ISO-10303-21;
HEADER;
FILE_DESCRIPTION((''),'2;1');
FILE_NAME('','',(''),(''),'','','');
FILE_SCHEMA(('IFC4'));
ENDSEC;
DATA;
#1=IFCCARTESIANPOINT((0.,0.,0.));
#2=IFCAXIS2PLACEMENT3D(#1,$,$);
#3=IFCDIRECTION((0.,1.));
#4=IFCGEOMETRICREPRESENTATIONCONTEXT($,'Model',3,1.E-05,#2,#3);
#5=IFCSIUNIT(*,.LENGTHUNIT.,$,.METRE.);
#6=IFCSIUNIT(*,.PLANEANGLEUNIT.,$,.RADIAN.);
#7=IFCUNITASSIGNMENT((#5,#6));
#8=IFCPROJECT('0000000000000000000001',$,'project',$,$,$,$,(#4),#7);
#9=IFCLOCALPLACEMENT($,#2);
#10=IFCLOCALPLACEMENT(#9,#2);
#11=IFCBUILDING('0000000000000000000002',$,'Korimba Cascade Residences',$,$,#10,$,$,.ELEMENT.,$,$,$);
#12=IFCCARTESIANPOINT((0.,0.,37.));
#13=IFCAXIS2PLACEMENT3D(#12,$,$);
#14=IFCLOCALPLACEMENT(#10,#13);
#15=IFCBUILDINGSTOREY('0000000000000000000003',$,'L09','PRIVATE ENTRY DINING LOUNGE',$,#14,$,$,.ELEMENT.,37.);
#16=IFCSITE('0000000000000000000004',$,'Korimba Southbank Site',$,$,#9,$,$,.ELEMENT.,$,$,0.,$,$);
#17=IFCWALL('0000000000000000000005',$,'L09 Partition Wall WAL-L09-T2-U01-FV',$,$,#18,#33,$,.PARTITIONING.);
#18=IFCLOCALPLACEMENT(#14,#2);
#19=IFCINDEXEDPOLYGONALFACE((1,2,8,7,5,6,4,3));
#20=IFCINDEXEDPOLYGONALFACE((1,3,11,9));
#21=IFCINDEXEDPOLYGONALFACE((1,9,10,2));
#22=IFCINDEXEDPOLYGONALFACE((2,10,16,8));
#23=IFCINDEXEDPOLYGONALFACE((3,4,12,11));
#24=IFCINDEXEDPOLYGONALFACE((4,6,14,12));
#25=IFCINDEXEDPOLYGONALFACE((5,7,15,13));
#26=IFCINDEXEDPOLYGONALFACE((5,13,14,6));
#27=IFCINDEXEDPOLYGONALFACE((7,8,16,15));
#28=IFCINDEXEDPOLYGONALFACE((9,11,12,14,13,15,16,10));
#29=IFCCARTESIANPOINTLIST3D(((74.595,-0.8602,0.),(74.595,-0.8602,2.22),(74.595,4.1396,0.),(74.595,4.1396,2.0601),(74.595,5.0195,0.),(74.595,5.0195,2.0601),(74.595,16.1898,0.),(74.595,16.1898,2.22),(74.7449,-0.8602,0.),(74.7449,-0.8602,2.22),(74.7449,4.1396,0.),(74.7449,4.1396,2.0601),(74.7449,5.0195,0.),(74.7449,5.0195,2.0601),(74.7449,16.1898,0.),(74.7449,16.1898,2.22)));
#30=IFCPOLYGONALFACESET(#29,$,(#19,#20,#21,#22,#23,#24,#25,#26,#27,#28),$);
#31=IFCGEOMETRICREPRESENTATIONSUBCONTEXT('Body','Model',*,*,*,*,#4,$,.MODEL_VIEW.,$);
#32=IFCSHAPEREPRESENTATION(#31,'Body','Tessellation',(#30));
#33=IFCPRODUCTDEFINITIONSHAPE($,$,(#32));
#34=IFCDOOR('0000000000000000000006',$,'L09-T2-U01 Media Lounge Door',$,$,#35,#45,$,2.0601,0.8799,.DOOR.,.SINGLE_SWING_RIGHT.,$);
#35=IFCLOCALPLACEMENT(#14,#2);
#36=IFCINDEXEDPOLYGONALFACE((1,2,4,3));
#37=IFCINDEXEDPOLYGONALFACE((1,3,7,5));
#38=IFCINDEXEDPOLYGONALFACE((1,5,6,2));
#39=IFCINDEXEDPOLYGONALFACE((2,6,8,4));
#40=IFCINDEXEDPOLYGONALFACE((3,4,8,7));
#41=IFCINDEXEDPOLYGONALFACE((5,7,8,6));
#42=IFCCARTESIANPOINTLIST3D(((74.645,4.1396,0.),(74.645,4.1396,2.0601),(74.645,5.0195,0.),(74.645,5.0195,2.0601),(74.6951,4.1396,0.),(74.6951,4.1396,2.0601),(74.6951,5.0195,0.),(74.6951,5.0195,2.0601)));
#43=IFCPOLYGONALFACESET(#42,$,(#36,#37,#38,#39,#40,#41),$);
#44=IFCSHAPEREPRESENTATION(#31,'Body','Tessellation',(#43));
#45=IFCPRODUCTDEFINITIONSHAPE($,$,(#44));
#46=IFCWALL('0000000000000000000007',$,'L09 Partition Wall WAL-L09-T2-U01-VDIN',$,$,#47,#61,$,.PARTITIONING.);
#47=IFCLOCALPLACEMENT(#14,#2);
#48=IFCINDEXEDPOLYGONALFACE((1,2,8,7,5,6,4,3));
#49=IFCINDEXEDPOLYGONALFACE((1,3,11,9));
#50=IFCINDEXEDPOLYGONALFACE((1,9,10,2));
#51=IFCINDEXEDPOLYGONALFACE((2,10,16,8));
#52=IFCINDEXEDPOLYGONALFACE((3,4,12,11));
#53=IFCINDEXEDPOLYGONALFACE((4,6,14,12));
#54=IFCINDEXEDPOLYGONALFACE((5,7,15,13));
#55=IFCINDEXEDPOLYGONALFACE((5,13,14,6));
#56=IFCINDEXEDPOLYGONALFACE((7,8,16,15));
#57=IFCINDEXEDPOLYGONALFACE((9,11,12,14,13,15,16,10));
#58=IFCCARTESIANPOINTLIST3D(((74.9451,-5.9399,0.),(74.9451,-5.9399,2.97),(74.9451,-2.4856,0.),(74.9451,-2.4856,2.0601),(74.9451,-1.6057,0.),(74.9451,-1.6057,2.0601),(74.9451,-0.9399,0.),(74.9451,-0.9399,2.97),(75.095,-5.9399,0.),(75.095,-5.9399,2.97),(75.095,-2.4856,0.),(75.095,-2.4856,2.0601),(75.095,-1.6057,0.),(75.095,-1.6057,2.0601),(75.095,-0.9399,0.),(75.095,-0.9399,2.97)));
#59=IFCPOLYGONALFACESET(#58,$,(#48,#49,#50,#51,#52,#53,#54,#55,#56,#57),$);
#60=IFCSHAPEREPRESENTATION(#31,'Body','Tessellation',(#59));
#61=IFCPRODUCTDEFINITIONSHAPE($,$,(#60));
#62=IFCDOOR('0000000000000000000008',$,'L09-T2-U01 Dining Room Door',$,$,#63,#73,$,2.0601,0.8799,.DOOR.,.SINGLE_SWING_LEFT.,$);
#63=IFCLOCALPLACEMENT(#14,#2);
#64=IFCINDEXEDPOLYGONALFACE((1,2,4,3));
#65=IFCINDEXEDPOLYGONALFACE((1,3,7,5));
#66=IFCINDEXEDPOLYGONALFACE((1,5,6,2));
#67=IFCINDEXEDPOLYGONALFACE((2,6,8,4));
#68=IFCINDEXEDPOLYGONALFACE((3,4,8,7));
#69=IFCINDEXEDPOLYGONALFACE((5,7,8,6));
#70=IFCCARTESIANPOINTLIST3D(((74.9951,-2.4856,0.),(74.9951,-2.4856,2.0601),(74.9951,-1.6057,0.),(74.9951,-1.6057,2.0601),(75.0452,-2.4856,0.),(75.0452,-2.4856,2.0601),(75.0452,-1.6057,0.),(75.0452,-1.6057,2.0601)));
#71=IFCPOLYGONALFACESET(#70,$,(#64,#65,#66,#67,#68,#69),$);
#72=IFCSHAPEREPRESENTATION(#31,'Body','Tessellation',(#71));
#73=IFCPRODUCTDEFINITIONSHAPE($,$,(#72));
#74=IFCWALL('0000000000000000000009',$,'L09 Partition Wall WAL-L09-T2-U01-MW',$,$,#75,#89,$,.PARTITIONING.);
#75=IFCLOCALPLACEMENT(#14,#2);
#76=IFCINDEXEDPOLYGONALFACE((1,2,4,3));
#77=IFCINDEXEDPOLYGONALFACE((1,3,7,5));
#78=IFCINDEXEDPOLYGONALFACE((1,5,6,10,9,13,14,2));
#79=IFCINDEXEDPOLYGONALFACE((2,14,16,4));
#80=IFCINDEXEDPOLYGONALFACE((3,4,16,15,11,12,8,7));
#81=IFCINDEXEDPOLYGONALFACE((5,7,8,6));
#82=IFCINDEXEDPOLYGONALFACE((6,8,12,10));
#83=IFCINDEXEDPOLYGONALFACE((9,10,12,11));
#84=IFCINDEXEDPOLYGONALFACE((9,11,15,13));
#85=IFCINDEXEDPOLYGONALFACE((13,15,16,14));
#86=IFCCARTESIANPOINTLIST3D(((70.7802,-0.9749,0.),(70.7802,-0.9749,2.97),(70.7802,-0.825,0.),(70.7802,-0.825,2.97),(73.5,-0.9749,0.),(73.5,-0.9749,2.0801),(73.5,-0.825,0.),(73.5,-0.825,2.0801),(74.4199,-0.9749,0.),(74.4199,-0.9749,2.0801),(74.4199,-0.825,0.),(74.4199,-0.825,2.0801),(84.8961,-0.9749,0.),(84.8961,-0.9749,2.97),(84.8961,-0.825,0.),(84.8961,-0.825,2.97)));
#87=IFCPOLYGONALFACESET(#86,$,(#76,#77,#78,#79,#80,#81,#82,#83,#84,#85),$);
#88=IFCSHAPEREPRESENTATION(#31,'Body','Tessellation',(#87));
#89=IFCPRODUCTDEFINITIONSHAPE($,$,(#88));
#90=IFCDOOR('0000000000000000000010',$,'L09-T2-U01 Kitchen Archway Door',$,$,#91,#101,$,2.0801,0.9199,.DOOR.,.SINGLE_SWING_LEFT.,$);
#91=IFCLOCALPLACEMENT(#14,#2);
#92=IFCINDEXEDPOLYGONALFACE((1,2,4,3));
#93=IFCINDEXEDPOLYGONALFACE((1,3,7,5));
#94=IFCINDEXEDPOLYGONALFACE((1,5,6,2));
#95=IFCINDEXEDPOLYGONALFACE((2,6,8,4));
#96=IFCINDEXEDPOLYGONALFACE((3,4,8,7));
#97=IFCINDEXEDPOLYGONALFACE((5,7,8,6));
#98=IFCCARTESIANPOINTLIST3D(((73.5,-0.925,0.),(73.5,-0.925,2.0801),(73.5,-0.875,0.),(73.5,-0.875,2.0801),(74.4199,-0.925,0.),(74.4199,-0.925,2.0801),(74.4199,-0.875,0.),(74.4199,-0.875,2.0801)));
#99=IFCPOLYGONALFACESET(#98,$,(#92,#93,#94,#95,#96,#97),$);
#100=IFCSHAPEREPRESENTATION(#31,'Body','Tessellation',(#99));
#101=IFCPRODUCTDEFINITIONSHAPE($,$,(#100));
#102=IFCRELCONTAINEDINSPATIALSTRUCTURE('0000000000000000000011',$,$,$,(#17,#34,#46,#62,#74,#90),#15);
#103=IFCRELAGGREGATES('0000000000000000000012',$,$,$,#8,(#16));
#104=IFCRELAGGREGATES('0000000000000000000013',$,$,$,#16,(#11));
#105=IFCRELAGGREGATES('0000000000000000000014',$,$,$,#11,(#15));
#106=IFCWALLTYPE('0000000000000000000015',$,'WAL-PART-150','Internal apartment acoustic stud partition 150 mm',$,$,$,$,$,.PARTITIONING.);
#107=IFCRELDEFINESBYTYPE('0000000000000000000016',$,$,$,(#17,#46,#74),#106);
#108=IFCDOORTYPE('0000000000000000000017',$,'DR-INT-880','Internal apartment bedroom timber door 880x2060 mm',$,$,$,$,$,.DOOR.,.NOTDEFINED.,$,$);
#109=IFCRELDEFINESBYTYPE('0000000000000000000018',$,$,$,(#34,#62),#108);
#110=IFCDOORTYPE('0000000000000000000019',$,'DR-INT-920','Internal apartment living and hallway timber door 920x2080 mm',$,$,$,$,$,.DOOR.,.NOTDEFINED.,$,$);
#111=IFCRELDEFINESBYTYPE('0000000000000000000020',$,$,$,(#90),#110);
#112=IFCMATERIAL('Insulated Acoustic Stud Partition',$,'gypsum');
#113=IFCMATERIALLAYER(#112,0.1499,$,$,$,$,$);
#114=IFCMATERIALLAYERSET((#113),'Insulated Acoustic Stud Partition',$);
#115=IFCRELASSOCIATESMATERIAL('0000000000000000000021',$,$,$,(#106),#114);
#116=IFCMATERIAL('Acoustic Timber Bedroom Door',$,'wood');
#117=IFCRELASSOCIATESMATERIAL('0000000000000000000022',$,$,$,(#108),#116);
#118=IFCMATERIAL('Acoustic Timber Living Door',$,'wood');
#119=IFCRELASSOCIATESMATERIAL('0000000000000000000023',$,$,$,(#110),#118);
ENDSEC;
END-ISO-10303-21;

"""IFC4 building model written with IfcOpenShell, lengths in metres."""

from ifc_helpers import new_model, si_unit, direction, frame, frame_2d, origin, place, context, subcontext, project, spatial, rectangle, extrude, material, layer, layer_set, type_object, element, fill, save


model = new_model("IFC4")

# Units and contexts
model_context = context("Model", 3, precision=1e-05, world=origin(), true_north=direction((0.0, 1.0)))
body_context = subcontext(model_context, "Body", "Model", "MODEL_VIEW")
ifc_project = project(units=[si_unit("LENGTHUNIT", "METRE"), si_unit("PLANEANGLEUNIT", "RADIAN")], contexts=[model_context])

# Site, building, storey
site_placement = place(None, origin())
site = spatial("IfcSite", under=ifc_project, at=site_placement, Name="Korimba Southbank Site", CompositionType="ELEMENT", RefElevation=0.0)
building_placement = place(site_placement, origin())
building = spatial("IfcBuilding", under=site, at=building_placement, Name="Korimba Cascade Residences", CompositionType="ELEMENT")
storey_placement = place(building_placement, frame((0.0, 0.0, 37.0)))
storey = spatial("IfcBuildingStorey", under=building, at=storey_placement, Name="L09", Description="PRIVATE ENTRY DINING LOUNGE", CompositionType="ELEMENT", Elevation=37.0)

# Shared definitions
ifc_material_1 = material(Name="Insulated Acoustic Stud Partition", Category="gypsum")
ifc_layer_1 = layer(ifc_material_1, 0.1499)
ifc_layer_set_1 = layer_set([ifc_layer_1], Name="Insulated Acoustic Stud Partition")
wall_type_1 = type_object("IfcWallType", Name="WAL-PART-150", Description="Internal apartment acoustic stud partition 150 mm", PredefinedType="PARTITIONING", material=ifc_layer_set_1)
ifc_material_2 = material(Name="Acoustic Timber Bedroom Door", Category="wood")
door_type_1 = type_object("IfcDoorType", Name="DR-INT-880", Description="Internal apartment bedroom timber door 880x2060 mm", OperationType="NOTDEFINED", PredefinedType="DOOR", material=ifc_material_2)

# Walls, openings, doors
wall_1_placement = place(storey_placement, frame((74.6699, -0.8601, 0.0), z_axis=(0.0, 0.0, 1.0), x_axis=(0.0, 1.0, 0.0)))
wall_1 = element("IfcWall", 1, at=wall_1_placement, inside=storey, type_object=wall_type_1, Name="L09 Partition Wall WAL-L09-T2-U01-FV", PredefinedType="PARTITIONING", context=body_context, shape_type="SweptSolid", body=[
    extrude(rectangle(XDim=17.05, YDim=0.1499, at=frame_2d((8.5249, 0.0))), origin(), (0.0, 0.0, 1.0), 2.22),
])
opening_1_placement = place(wall_1_placement, frame((4.9998, 0.0, 0.0)))
opening_1 = element("IfcOpeningElement", 2, at=opening_1_placement, cuts=wall_1, PredefinedType="OPENING", context=body_context, shape_type="SweptSolid", body=[
    extrude(rectangle(XDim=0.8799, YDim=2.0601, at=frame_2d((0.4399, 1.03))), frame((0.0, 0.085, 0.0), z_axis=(0.0, -1.0, 0.0), x_axis=(1.0, 0.0, 0.0)), (0.0, 0.0, 1.0), 0.1699),
])
door_1_placement = place(opening_1_placement, origin())
door_1 = element("IfcDoor", 3, at=door_1_placement, inside=storey, type_object=door_type_1, Name="L09-T2-U01 Media Lounge Door", OperationType="SINGLE_SWING_RIGHT", OverallHeight=2.0601, OverallWidth=0.8799, PredefinedType="DOOR", context=body_context, shape_type="SweptSolid", body=[
    extrude(rectangle(XDim=0.8799, YDim=2.0601, at=frame_2d((0.4399, 1.03))), frame((0.0, 0.0249, 0.0), z_axis=(0.0, -1.0, 0.0), x_axis=(1.0, 0.0, 0.0)), (0.0, 0.0, 1.0), 0.05),
])
fill(opening_1, door_1)
wall_2_placement = place(storey_placement, frame((75.02, -5.9399, 0.0), z_axis=(0.0, 0.0, 1.0), x_axis=(0.0, 1.0, 0.0)))
wall_2 = element("IfcWall", 4, at=wall_2_placement, inside=storey, type_object=wall_type_1, Name="L09 Partition Wall WAL-L09-T2-U01-VDIN", PredefinedType="PARTITIONING", context=body_context, shape_type="SweptSolid", body=[
    extrude(rectangle(XDim=5.0, YDim=0.1499, at=frame_2d((2.5, 0.0))), origin(), (0.0, 0.0, 1.0), 2.97),
])
opening_2_placement = place(wall_2_placement, frame((3.4543, 0.0, 0.0)))
opening_2 = element("IfcOpeningElement", 5, at=opening_2_placement, cuts=wall_2, PredefinedType="OPENING", context=body_context, shape_type="SweptSolid", body=[
    extrude(rectangle(XDim=0.8799, YDim=2.0601, at=frame_2d((0.4399, 1.03))), frame((0.0, 0.085, 0.0), z_axis=(0.0, -1.0, 0.0), x_axis=(1.0, 0.0, 0.0)), (0.0, 0.0, 1.0), 0.1699),
])
door_2_placement = place(opening_2_placement, origin())
door_2 = element("IfcDoor", 6, at=door_2_placement, inside=storey, type_object=door_type_1, Name="L09-T2-U01 Dining Room Door", OperationType="SINGLE_SWING_LEFT", OverallHeight=2.0601, OverallWidth=0.8799, PredefinedType="DOOR", context=body_context, shape_type="SweptSolid", body=[
    extrude(rectangle(XDim=0.8799, YDim=2.0601, at=frame_2d((0.4399, 1.03))), frame((0.0, 0.0249, 0.0), z_axis=(0.0, -1.0, 0.0), x_axis=(1.0, 0.0, 0.0)), (0.0, 0.0, 1.0), 0.05),
])
fill(opening_2, door_2)
wall_3_placement = place(storey_placement, frame((70.78, -0.8999, 0.0), z_axis=(0.0, 0.0, 1.0), x_axis=(1.0, 0.0, 0.0)))
wall_3 = element("IfcWall", 7, at=wall_3_placement, inside=storey, type_object=wall_type_1, Name="L09 Partition Wall WAL-L09-T2-U01-MW", PredefinedType="PARTITIONING", context=body_context, shape_type="SweptSolid", body=[
    extrude(rectangle(XDim=14.116, YDim=0.1499, at=frame_2d((7.0581, 0.0))), origin(), (0.0, 0.0, 1.0), 2.97),
])
opening_3_placement = place(wall_3_placement, frame((2.72, 0.0, 0.0)))
opening_3 = element("IfcOpeningElement", 8, at=opening_3_placement, cuts=wall_3, PredefinedType="OPENING", context=body_context, shape_type="SweptSolid", body=[
    extrude(rectangle(XDim=0.9199, YDim=2.0801, at=frame_2d((0.46, 1.04))), frame((0.0, 0.085, 0.0), z_axis=(0.0, -1.0, 0.0), x_axis=(1.0, 0.0, 0.0)), (0.0, 0.0, 1.0), 0.1699),
])
ifc_material_3 = material(Name="Acoustic Timber Living Door", Category="wood")
door_type_2 = type_object("IfcDoorType", Name="DR-INT-920", Description="Internal apartment living and hallway timber door 920x2080 mm", OperationType="NOTDEFINED", PredefinedType="DOOR", material=ifc_material_3)
door_3_placement = place(opening_3_placement, origin())
door_3 = element("IfcDoor", 9, at=door_3_placement, inside=storey, type_object=door_type_2, Name="L09-T2-U01 Kitchen Archway Door", OperationType="SINGLE_SWING_LEFT", OverallHeight=2.0801, OverallWidth=0.9199, PredefinedType="DOOR", context=body_context, shape_type="SweptSolid", body=[
    extrude(rectangle(XDim=0.9199, YDim=2.0801, at=frame_2d((0.46, 1.04))), frame((0.0, 0.0249, 0.0), z_axis=(0.0, -1.0, 0.0), x_axis=(1.0, 0.0, 0.0)), (0.0, 0.0, 1.0), 0.05),
])
fill(opening_3, door_3)

save(model, "model.ifc")
